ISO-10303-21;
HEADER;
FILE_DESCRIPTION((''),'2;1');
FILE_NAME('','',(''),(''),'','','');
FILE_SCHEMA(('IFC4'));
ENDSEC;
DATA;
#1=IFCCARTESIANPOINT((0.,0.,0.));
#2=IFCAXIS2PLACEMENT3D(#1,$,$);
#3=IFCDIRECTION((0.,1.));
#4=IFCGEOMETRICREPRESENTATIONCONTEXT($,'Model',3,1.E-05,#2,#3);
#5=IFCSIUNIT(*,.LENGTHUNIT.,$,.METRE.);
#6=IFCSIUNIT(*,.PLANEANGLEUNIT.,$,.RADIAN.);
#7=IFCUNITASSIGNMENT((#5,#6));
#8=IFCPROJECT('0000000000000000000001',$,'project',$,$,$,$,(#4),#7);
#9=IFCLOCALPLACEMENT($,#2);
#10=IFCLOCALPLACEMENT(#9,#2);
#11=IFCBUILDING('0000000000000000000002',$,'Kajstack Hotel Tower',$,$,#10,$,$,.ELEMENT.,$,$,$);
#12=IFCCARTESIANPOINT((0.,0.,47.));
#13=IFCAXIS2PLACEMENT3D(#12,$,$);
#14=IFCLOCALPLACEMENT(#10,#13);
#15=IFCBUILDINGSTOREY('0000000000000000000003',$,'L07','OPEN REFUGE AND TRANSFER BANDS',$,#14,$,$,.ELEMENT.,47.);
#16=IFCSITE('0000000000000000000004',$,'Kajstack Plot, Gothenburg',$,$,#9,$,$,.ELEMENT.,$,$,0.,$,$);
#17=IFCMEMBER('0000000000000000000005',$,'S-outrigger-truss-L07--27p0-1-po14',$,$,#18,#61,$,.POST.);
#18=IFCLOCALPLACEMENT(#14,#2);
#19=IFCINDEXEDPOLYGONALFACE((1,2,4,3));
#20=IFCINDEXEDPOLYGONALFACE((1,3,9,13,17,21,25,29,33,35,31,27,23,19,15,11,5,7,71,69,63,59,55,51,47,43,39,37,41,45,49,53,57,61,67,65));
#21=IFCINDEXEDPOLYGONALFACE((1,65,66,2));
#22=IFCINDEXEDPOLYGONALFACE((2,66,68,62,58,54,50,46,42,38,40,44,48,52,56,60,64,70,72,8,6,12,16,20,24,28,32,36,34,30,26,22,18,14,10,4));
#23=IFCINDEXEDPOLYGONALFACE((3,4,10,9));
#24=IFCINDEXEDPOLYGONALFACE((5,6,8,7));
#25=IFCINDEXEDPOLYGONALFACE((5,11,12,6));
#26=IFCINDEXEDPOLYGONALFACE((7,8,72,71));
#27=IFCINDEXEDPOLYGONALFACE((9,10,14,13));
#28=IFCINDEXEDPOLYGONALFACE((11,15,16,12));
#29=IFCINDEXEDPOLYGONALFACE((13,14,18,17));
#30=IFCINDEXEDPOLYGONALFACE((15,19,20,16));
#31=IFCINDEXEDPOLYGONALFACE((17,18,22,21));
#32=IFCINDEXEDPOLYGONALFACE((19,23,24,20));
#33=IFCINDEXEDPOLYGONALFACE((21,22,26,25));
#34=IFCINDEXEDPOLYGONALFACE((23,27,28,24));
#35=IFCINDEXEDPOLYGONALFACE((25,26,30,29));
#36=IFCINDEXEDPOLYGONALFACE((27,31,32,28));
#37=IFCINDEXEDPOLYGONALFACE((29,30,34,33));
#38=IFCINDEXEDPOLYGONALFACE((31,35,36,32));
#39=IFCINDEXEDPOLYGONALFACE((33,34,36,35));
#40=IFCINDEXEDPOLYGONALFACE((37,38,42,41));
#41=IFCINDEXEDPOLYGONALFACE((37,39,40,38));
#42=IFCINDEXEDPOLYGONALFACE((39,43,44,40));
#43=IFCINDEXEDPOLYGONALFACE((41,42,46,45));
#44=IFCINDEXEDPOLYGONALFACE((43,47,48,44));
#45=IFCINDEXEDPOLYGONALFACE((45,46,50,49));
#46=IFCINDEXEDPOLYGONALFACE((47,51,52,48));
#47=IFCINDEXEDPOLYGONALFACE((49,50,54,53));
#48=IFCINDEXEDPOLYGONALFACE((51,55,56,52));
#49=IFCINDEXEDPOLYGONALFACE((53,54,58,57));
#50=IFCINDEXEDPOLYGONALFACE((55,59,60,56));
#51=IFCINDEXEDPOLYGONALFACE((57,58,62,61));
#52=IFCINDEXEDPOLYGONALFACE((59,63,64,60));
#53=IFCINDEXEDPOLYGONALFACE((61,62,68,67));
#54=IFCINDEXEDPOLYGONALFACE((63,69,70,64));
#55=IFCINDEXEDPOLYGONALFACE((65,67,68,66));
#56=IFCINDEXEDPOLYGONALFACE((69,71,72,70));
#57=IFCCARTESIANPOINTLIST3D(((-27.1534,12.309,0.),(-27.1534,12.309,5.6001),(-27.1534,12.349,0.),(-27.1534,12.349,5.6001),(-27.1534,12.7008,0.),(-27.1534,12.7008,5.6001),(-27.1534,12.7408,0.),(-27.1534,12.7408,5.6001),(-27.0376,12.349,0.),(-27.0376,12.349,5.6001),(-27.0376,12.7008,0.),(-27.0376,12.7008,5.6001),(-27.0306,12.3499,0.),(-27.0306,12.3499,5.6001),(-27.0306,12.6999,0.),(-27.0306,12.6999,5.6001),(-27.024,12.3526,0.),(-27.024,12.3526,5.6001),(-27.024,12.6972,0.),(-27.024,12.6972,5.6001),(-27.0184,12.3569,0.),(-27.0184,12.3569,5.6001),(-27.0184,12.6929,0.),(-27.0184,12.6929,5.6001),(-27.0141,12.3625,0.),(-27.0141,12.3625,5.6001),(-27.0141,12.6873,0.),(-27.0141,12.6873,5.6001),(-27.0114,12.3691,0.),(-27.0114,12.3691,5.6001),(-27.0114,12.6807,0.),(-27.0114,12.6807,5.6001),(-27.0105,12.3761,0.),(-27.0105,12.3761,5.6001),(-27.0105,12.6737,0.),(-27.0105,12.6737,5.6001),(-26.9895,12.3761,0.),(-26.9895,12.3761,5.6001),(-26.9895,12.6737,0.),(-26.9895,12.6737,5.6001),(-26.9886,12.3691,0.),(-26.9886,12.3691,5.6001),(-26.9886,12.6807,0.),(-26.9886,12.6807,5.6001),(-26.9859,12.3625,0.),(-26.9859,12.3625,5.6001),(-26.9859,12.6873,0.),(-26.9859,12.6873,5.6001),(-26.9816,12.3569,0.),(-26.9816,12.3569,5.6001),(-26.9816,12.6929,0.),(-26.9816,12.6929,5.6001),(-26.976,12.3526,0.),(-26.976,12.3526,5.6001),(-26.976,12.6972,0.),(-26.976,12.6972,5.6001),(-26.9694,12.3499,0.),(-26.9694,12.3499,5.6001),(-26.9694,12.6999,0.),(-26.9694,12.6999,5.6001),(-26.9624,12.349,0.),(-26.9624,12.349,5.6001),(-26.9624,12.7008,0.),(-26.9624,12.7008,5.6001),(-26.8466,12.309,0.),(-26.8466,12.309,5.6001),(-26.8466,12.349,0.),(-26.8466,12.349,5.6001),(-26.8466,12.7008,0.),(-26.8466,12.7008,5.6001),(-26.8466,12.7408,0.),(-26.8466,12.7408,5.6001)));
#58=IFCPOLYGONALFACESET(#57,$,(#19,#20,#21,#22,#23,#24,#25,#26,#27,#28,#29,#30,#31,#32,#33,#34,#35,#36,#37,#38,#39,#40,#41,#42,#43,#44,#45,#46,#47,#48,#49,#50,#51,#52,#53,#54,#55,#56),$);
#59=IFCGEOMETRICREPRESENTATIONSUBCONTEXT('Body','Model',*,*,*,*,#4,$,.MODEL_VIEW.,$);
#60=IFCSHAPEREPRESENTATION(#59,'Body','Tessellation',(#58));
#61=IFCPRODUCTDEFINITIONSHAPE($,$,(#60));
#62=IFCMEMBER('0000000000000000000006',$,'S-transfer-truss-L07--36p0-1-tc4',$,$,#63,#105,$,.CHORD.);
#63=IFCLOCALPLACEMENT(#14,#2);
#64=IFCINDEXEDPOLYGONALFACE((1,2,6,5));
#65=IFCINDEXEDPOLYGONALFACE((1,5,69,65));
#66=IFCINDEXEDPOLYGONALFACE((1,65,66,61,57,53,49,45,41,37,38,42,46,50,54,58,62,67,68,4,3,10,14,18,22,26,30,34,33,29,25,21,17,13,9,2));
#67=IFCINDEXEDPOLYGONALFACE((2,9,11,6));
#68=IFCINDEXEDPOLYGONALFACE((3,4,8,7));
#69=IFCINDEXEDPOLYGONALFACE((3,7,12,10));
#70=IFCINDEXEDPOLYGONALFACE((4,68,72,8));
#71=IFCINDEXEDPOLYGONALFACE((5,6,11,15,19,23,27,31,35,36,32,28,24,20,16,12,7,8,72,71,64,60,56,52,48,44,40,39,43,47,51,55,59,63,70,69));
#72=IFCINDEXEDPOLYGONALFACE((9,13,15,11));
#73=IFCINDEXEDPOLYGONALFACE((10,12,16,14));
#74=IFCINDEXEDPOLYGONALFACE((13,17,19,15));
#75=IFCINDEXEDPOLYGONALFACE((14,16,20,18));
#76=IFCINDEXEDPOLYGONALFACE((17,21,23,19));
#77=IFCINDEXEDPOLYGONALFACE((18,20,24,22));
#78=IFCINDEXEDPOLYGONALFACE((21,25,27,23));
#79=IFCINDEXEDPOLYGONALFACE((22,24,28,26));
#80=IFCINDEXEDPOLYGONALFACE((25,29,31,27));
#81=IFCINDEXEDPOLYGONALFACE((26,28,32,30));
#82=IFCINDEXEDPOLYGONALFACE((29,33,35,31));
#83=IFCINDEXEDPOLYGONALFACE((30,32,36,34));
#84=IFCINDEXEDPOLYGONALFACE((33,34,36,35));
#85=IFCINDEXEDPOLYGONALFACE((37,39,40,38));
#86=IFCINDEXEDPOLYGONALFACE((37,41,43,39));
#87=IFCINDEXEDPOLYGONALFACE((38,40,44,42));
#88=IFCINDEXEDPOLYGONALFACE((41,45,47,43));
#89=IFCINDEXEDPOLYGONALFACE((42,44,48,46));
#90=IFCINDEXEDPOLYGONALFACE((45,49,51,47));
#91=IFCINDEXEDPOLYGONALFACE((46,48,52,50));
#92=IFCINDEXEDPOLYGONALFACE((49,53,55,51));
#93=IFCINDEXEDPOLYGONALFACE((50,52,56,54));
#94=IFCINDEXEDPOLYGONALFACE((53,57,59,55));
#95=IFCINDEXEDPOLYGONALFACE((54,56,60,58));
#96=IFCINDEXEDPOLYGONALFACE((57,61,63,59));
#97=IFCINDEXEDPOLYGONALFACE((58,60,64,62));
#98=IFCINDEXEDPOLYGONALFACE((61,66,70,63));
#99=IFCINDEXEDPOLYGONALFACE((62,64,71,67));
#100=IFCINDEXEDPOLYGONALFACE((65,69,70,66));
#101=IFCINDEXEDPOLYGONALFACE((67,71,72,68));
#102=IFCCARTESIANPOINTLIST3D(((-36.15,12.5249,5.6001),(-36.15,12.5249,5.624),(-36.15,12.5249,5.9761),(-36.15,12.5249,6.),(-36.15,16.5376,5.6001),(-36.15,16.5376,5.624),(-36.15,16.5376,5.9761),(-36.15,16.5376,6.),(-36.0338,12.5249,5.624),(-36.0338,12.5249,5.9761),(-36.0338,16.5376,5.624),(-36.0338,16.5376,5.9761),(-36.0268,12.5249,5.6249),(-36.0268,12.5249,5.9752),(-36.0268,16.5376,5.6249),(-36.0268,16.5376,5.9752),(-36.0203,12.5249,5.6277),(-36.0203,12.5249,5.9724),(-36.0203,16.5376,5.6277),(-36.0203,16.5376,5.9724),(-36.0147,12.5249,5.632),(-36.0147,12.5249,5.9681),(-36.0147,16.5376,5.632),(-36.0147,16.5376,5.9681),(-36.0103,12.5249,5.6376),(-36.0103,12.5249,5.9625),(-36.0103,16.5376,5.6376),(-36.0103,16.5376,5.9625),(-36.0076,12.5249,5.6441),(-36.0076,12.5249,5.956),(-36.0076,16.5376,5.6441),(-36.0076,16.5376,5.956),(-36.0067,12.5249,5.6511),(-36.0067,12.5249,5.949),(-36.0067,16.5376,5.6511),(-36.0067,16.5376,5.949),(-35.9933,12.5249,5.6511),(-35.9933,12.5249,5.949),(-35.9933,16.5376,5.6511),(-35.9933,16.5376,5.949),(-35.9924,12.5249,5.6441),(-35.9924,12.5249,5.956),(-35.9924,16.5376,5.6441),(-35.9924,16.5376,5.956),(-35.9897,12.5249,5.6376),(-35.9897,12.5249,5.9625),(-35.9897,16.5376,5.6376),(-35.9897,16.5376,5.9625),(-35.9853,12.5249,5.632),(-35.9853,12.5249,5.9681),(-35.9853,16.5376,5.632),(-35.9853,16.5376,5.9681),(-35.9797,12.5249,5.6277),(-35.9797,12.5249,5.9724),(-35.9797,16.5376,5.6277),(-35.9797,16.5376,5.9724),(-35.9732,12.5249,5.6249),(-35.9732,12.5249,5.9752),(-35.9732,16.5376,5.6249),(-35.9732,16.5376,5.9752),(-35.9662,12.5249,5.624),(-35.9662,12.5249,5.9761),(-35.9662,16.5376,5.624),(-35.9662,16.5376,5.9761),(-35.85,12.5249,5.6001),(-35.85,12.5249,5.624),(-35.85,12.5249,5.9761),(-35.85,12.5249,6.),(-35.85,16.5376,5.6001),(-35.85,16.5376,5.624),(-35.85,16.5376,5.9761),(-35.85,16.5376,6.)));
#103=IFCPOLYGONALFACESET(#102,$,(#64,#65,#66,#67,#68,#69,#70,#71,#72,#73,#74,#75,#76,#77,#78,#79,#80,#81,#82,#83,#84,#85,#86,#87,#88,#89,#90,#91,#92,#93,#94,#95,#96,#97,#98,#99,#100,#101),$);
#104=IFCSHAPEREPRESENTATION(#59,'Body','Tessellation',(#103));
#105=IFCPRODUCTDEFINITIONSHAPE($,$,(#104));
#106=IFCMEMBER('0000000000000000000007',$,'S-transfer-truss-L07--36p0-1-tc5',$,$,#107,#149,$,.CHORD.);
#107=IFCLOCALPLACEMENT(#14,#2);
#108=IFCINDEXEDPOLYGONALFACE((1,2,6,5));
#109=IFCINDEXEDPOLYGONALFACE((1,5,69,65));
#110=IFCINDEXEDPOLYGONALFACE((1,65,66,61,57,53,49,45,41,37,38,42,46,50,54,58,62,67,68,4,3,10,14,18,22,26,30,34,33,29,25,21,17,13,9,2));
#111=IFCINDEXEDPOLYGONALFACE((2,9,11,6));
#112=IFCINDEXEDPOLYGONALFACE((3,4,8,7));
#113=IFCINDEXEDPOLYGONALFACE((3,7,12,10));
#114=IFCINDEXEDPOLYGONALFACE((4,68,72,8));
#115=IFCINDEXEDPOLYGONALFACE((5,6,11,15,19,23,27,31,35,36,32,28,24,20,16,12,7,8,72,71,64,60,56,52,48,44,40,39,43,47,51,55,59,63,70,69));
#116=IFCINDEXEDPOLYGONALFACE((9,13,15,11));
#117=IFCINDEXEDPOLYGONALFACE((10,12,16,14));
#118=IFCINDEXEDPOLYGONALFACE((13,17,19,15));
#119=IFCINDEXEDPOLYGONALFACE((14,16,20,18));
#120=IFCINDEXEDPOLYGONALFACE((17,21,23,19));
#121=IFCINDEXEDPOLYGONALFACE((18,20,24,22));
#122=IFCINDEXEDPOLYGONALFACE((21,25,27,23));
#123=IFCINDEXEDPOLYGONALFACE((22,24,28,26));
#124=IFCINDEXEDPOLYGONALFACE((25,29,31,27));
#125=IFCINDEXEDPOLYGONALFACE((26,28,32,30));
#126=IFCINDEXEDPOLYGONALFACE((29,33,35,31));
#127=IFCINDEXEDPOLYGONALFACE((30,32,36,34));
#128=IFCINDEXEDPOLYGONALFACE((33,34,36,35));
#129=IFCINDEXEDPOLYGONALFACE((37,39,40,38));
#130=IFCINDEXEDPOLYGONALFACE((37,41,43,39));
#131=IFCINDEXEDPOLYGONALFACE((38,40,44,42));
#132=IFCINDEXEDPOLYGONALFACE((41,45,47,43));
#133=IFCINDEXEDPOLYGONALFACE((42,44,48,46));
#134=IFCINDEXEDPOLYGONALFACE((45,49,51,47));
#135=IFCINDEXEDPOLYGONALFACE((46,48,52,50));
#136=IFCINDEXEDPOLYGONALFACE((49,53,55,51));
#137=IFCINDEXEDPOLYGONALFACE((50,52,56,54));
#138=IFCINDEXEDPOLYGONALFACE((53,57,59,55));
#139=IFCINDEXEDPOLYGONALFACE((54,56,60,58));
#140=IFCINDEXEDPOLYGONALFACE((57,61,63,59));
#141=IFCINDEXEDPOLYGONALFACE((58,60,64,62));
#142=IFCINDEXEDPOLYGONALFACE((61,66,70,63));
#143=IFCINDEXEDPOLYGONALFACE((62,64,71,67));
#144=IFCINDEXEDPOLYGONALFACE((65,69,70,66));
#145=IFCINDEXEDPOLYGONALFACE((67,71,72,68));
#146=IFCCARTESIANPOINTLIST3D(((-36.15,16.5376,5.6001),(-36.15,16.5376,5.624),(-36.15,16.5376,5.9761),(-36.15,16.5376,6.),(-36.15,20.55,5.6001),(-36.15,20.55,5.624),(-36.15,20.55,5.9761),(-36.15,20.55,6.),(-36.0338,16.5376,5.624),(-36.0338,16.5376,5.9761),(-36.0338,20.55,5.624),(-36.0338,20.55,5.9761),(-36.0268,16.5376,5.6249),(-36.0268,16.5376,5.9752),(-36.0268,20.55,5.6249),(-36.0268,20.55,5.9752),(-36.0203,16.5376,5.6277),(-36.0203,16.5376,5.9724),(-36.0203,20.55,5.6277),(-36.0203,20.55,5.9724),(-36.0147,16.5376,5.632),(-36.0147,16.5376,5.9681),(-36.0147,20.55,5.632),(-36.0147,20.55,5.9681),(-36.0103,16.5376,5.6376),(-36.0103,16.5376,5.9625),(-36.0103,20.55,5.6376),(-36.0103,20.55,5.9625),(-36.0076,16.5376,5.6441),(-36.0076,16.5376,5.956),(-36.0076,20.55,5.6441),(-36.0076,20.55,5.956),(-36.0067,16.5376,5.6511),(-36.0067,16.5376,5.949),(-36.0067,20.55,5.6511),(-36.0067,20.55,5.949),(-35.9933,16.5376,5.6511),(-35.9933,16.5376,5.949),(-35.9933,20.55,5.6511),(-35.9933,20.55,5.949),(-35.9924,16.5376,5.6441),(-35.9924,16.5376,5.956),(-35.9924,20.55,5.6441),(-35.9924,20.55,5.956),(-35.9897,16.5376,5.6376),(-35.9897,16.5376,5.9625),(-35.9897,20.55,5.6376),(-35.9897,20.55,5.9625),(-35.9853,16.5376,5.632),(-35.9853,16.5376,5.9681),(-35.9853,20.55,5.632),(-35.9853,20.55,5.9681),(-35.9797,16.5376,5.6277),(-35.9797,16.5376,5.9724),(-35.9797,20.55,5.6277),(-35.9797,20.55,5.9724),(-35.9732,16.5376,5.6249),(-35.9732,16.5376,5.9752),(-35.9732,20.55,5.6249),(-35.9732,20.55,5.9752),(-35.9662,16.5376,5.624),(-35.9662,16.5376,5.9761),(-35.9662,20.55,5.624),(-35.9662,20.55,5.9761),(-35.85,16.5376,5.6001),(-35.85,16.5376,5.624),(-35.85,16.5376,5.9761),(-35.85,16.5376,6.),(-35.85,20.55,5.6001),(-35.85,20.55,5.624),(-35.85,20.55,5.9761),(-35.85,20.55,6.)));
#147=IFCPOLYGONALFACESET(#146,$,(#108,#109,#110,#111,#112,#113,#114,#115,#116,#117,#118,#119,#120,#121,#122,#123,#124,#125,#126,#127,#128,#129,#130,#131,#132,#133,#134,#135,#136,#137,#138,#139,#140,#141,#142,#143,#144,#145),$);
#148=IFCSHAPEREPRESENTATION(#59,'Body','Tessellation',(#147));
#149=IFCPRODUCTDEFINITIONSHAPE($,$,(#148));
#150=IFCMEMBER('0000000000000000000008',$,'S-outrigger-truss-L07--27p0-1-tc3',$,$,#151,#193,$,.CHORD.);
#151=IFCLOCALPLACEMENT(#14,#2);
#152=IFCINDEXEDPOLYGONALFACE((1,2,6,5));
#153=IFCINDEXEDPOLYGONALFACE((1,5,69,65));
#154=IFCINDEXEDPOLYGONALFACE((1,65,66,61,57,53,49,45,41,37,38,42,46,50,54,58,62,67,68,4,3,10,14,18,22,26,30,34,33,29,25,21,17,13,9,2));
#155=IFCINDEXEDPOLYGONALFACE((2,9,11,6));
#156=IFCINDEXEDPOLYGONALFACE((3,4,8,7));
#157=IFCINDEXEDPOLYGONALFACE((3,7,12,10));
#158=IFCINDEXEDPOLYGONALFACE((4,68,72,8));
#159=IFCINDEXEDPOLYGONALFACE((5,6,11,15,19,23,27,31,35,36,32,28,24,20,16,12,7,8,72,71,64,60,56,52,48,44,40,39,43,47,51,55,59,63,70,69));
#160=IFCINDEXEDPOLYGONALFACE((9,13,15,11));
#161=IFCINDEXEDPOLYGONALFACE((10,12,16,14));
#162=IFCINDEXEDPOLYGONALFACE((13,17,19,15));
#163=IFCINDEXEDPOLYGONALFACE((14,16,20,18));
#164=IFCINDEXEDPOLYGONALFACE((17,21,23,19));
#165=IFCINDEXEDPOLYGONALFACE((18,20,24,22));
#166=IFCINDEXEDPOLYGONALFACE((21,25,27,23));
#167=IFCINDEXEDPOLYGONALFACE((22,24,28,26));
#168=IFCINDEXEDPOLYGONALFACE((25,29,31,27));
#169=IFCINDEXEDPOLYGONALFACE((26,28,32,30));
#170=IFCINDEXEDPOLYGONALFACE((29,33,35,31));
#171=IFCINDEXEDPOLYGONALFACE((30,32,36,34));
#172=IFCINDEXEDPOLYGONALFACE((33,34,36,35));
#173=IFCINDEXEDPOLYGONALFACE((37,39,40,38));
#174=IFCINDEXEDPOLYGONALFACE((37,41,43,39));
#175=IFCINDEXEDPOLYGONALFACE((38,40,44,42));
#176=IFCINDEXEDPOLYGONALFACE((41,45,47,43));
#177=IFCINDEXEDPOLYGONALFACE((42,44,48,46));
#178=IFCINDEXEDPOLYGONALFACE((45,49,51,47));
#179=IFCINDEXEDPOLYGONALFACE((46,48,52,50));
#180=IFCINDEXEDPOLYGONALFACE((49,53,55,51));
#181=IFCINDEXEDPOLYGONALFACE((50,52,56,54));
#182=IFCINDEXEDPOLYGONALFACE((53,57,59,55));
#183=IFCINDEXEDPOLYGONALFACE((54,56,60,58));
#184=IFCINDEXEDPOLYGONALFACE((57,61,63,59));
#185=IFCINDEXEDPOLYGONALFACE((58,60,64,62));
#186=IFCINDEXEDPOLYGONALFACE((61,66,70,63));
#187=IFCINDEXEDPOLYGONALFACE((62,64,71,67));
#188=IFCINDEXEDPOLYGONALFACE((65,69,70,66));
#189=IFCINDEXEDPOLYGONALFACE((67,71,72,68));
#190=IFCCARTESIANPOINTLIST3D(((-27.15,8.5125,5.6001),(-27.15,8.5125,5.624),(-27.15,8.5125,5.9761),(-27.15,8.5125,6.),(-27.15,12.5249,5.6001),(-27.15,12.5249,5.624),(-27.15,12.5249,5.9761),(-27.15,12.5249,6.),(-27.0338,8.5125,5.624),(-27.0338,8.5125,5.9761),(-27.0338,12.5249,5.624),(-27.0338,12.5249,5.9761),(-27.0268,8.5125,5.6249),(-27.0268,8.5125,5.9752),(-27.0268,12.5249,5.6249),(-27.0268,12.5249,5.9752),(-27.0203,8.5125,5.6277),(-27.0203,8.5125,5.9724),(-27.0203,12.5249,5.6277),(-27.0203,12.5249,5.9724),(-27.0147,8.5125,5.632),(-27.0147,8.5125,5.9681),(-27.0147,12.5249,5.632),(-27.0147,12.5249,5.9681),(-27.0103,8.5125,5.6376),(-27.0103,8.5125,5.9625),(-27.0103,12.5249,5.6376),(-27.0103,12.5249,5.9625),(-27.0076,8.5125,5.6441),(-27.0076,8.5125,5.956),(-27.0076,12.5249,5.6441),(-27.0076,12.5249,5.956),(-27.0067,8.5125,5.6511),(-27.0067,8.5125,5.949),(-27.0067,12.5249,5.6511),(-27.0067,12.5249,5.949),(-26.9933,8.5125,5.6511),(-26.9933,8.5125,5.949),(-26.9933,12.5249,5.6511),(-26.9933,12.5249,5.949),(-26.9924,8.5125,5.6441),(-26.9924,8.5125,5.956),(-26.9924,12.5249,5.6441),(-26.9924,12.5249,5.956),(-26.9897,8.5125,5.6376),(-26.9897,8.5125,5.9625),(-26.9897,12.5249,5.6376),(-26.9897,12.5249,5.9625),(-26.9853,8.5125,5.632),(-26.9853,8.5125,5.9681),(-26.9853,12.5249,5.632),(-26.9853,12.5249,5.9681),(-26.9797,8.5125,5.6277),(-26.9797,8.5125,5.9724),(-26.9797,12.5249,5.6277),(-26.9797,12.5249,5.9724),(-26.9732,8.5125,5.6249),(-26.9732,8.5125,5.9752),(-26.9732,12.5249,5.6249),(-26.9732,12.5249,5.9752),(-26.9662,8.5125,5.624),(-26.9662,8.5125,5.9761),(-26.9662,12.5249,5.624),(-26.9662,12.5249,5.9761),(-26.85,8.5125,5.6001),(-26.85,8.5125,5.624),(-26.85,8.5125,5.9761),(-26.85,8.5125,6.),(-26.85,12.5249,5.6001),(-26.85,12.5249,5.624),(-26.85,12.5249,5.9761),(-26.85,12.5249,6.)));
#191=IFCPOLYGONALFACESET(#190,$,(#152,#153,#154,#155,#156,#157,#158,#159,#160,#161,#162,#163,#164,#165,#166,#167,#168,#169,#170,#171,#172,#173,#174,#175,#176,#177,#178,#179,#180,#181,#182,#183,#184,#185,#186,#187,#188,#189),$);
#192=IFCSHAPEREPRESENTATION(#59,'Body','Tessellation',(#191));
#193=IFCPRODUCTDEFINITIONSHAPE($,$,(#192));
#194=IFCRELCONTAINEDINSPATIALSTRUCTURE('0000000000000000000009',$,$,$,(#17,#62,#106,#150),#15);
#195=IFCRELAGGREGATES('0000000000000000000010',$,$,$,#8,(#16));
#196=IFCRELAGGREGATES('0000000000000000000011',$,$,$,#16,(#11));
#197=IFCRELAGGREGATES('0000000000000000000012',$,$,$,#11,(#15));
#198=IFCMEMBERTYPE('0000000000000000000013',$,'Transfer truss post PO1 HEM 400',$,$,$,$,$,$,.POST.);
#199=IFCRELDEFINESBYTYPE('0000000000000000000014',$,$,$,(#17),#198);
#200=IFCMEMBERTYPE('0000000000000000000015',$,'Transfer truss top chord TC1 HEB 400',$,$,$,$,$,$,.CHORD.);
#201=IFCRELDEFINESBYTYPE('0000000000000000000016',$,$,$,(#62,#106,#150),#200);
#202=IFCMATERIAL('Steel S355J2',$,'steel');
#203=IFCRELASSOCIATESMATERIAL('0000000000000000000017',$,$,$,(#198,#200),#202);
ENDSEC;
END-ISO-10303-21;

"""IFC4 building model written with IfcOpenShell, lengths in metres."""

from ifc_helpers import new_model, si_unit, direction, frame, origin, origin_2d, place, context, subcontext, project, spatial, i_section, extrude, material, material_profile, profile_set, type_object, element, save


model = new_model("IFC4")

# Units and contexts
model_context = context("Model", 3, precision=1e-05, world=origin(), true_north=direction((0.0, 1.0)))
body_context = subcontext(model_context, "Body", "Model", "MODEL_VIEW")
ifc_project = project(units=[si_unit("LENGTHUNIT", "METRE"), si_unit("PLANEANGLEUNIT", "RADIAN")], contexts=[model_context])

# Site, building, storey
site_placement = place(None, origin())
site = spatial("IfcSite", under=ifc_project, at=site_placement, Name="Kajstack Plot, Gothenburg", CompositionType="ELEMENT", RefElevation=0.0)
building_placement = place(site_placement, origin())
building = spatial("IfcBuilding", under=site, at=building_placement, Name="Kajstack Hotel Tower", CompositionType="ELEMENT")
storey_placement = place(building_placement, frame((0.0, 0.0, 47.0)))
storey = spatial("IfcBuildingStorey", under=building, at=storey_placement, Name="L07", Description="OPEN REFUGE AND TRANSFER BANDS", CompositionType="ELEMENT", Elevation=47.0)

# Members
ifc_material = material(Name="Steel S355J2", Category="steel")
ifc_material_profile_1 = material_profile(ifc_material, i_section(OverallWidth=0.3069, OverallDepth=0.4319, WebThickness=0.021, FlangeThickness=0.04, FilletRadius=0.0271, at=origin_2d()), Name="HEM 400")
ifc_profile_set_1 = profile_set([ifc_material_profile_1], Name="Steel S355J2")
member_type_1 = type_object("IfcMemberType", Name="Transfer truss post PO1 HEM 400", PredefinedType="POST", material=ifc_profile_set_1)
for number, where, z_axis, x_axis, name in (
    (1, (-27.0, 12.5249, 0.0), (0.0, 0.0, 1.0), (1.0, 0.0, 0.0), "S-outrigger-truss-L07--27p0-1-po14"),
):
    element("IfcMember", number, at=place(storey_placement, frame(where, z_axis=z_axis, x_axis=x_axis)), inside=storey, type_object=member_type_1, Name=name, PredefinedType="POST", context=body_context, shape_type="SweptSolid", body=[
        extrude(i_section(OverallWidth=0.3069, OverallDepth=0.4319, WebThickness=0.021, FlangeThickness=0.04, FilletRadius=0.0271, at=origin_2d()), origin(), (0.0, 0.0, 1.0), 5.6001),
    ])
ifc_material_profile_2 = material_profile(ifc_material, i_section(OverallWidth=0.3, OverallDepth=0.3999, WebThickness=0.0134, FlangeThickness=0.0239, FilletRadius=0.0271, at=origin_2d()), Name="HEB 400")
ifc_profile_set_2 = profile_set([ifc_material_profile_2], Name="Steel S355J2")
member_type_2 = type_object("IfcMemberType", Name="Transfer truss top chord TC1 HEB 400", PredefinedType="CHORD", material=ifc_profile_set_2)
member_1_placement = place(storey_placement, frame((-36.0, 12.5249, 5.8), z_axis=(0.0, 1.0, 0.0), x_axis=(-1.0, 0.0, 0.0)))
element("IfcMember", 2, at=member_1_placement, inside=storey, type_object=member_type_2, Name="S-transfer-truss-L07--36p0-1-tc4", PredefinedType="CHORD", context=body_context, shape_type="SweptSolid", body=[
    extrude(i_section(OverallWidth=0.3, OverallDepth=0.3999, WebThickness=0.0134, FlangeThickness=0.0239, FilletRadius=0.0271, at=origin_2d()), origin(), (0.0, 0.0, 1.0), 4.0127),
])
for number, where, z_axis, x_axis, name in (
    (3, (-36.0, 16.5376, 5.8), (0.0, 1.0, 0.0), (-1.0, 0.0, 0.0), "S-transfer-truss-L07--36p0-1-tc5"),
    (4, (-27.0, 8.5125, 5.8), (0.0, 1.0, 0.0), (-1.0, 0.0, 0.0), "S-outrigger-truss-L07--27p0-1-tc3"),
):
    element("IfcMember", number, at=place(storey_placement, frame(where, z_axis=z_axis, x_axis=x_axis)), inside=storey, type_object=member_type_2, Name=name, PredefinedType="CHORD", context=body_context, shape_type="SweptSolid", body=[
        extrude(i_section(OverallWidth=0.3, OverallDepth=0.3999, WebThickness=0.0134, FlangeThickness=0.0239, FilletRadius=0.0271, at=origin_2d()), origin(), (0.0, 0.0, 1.0), 4.0125),
    ])

save(model, "model.ifc")
